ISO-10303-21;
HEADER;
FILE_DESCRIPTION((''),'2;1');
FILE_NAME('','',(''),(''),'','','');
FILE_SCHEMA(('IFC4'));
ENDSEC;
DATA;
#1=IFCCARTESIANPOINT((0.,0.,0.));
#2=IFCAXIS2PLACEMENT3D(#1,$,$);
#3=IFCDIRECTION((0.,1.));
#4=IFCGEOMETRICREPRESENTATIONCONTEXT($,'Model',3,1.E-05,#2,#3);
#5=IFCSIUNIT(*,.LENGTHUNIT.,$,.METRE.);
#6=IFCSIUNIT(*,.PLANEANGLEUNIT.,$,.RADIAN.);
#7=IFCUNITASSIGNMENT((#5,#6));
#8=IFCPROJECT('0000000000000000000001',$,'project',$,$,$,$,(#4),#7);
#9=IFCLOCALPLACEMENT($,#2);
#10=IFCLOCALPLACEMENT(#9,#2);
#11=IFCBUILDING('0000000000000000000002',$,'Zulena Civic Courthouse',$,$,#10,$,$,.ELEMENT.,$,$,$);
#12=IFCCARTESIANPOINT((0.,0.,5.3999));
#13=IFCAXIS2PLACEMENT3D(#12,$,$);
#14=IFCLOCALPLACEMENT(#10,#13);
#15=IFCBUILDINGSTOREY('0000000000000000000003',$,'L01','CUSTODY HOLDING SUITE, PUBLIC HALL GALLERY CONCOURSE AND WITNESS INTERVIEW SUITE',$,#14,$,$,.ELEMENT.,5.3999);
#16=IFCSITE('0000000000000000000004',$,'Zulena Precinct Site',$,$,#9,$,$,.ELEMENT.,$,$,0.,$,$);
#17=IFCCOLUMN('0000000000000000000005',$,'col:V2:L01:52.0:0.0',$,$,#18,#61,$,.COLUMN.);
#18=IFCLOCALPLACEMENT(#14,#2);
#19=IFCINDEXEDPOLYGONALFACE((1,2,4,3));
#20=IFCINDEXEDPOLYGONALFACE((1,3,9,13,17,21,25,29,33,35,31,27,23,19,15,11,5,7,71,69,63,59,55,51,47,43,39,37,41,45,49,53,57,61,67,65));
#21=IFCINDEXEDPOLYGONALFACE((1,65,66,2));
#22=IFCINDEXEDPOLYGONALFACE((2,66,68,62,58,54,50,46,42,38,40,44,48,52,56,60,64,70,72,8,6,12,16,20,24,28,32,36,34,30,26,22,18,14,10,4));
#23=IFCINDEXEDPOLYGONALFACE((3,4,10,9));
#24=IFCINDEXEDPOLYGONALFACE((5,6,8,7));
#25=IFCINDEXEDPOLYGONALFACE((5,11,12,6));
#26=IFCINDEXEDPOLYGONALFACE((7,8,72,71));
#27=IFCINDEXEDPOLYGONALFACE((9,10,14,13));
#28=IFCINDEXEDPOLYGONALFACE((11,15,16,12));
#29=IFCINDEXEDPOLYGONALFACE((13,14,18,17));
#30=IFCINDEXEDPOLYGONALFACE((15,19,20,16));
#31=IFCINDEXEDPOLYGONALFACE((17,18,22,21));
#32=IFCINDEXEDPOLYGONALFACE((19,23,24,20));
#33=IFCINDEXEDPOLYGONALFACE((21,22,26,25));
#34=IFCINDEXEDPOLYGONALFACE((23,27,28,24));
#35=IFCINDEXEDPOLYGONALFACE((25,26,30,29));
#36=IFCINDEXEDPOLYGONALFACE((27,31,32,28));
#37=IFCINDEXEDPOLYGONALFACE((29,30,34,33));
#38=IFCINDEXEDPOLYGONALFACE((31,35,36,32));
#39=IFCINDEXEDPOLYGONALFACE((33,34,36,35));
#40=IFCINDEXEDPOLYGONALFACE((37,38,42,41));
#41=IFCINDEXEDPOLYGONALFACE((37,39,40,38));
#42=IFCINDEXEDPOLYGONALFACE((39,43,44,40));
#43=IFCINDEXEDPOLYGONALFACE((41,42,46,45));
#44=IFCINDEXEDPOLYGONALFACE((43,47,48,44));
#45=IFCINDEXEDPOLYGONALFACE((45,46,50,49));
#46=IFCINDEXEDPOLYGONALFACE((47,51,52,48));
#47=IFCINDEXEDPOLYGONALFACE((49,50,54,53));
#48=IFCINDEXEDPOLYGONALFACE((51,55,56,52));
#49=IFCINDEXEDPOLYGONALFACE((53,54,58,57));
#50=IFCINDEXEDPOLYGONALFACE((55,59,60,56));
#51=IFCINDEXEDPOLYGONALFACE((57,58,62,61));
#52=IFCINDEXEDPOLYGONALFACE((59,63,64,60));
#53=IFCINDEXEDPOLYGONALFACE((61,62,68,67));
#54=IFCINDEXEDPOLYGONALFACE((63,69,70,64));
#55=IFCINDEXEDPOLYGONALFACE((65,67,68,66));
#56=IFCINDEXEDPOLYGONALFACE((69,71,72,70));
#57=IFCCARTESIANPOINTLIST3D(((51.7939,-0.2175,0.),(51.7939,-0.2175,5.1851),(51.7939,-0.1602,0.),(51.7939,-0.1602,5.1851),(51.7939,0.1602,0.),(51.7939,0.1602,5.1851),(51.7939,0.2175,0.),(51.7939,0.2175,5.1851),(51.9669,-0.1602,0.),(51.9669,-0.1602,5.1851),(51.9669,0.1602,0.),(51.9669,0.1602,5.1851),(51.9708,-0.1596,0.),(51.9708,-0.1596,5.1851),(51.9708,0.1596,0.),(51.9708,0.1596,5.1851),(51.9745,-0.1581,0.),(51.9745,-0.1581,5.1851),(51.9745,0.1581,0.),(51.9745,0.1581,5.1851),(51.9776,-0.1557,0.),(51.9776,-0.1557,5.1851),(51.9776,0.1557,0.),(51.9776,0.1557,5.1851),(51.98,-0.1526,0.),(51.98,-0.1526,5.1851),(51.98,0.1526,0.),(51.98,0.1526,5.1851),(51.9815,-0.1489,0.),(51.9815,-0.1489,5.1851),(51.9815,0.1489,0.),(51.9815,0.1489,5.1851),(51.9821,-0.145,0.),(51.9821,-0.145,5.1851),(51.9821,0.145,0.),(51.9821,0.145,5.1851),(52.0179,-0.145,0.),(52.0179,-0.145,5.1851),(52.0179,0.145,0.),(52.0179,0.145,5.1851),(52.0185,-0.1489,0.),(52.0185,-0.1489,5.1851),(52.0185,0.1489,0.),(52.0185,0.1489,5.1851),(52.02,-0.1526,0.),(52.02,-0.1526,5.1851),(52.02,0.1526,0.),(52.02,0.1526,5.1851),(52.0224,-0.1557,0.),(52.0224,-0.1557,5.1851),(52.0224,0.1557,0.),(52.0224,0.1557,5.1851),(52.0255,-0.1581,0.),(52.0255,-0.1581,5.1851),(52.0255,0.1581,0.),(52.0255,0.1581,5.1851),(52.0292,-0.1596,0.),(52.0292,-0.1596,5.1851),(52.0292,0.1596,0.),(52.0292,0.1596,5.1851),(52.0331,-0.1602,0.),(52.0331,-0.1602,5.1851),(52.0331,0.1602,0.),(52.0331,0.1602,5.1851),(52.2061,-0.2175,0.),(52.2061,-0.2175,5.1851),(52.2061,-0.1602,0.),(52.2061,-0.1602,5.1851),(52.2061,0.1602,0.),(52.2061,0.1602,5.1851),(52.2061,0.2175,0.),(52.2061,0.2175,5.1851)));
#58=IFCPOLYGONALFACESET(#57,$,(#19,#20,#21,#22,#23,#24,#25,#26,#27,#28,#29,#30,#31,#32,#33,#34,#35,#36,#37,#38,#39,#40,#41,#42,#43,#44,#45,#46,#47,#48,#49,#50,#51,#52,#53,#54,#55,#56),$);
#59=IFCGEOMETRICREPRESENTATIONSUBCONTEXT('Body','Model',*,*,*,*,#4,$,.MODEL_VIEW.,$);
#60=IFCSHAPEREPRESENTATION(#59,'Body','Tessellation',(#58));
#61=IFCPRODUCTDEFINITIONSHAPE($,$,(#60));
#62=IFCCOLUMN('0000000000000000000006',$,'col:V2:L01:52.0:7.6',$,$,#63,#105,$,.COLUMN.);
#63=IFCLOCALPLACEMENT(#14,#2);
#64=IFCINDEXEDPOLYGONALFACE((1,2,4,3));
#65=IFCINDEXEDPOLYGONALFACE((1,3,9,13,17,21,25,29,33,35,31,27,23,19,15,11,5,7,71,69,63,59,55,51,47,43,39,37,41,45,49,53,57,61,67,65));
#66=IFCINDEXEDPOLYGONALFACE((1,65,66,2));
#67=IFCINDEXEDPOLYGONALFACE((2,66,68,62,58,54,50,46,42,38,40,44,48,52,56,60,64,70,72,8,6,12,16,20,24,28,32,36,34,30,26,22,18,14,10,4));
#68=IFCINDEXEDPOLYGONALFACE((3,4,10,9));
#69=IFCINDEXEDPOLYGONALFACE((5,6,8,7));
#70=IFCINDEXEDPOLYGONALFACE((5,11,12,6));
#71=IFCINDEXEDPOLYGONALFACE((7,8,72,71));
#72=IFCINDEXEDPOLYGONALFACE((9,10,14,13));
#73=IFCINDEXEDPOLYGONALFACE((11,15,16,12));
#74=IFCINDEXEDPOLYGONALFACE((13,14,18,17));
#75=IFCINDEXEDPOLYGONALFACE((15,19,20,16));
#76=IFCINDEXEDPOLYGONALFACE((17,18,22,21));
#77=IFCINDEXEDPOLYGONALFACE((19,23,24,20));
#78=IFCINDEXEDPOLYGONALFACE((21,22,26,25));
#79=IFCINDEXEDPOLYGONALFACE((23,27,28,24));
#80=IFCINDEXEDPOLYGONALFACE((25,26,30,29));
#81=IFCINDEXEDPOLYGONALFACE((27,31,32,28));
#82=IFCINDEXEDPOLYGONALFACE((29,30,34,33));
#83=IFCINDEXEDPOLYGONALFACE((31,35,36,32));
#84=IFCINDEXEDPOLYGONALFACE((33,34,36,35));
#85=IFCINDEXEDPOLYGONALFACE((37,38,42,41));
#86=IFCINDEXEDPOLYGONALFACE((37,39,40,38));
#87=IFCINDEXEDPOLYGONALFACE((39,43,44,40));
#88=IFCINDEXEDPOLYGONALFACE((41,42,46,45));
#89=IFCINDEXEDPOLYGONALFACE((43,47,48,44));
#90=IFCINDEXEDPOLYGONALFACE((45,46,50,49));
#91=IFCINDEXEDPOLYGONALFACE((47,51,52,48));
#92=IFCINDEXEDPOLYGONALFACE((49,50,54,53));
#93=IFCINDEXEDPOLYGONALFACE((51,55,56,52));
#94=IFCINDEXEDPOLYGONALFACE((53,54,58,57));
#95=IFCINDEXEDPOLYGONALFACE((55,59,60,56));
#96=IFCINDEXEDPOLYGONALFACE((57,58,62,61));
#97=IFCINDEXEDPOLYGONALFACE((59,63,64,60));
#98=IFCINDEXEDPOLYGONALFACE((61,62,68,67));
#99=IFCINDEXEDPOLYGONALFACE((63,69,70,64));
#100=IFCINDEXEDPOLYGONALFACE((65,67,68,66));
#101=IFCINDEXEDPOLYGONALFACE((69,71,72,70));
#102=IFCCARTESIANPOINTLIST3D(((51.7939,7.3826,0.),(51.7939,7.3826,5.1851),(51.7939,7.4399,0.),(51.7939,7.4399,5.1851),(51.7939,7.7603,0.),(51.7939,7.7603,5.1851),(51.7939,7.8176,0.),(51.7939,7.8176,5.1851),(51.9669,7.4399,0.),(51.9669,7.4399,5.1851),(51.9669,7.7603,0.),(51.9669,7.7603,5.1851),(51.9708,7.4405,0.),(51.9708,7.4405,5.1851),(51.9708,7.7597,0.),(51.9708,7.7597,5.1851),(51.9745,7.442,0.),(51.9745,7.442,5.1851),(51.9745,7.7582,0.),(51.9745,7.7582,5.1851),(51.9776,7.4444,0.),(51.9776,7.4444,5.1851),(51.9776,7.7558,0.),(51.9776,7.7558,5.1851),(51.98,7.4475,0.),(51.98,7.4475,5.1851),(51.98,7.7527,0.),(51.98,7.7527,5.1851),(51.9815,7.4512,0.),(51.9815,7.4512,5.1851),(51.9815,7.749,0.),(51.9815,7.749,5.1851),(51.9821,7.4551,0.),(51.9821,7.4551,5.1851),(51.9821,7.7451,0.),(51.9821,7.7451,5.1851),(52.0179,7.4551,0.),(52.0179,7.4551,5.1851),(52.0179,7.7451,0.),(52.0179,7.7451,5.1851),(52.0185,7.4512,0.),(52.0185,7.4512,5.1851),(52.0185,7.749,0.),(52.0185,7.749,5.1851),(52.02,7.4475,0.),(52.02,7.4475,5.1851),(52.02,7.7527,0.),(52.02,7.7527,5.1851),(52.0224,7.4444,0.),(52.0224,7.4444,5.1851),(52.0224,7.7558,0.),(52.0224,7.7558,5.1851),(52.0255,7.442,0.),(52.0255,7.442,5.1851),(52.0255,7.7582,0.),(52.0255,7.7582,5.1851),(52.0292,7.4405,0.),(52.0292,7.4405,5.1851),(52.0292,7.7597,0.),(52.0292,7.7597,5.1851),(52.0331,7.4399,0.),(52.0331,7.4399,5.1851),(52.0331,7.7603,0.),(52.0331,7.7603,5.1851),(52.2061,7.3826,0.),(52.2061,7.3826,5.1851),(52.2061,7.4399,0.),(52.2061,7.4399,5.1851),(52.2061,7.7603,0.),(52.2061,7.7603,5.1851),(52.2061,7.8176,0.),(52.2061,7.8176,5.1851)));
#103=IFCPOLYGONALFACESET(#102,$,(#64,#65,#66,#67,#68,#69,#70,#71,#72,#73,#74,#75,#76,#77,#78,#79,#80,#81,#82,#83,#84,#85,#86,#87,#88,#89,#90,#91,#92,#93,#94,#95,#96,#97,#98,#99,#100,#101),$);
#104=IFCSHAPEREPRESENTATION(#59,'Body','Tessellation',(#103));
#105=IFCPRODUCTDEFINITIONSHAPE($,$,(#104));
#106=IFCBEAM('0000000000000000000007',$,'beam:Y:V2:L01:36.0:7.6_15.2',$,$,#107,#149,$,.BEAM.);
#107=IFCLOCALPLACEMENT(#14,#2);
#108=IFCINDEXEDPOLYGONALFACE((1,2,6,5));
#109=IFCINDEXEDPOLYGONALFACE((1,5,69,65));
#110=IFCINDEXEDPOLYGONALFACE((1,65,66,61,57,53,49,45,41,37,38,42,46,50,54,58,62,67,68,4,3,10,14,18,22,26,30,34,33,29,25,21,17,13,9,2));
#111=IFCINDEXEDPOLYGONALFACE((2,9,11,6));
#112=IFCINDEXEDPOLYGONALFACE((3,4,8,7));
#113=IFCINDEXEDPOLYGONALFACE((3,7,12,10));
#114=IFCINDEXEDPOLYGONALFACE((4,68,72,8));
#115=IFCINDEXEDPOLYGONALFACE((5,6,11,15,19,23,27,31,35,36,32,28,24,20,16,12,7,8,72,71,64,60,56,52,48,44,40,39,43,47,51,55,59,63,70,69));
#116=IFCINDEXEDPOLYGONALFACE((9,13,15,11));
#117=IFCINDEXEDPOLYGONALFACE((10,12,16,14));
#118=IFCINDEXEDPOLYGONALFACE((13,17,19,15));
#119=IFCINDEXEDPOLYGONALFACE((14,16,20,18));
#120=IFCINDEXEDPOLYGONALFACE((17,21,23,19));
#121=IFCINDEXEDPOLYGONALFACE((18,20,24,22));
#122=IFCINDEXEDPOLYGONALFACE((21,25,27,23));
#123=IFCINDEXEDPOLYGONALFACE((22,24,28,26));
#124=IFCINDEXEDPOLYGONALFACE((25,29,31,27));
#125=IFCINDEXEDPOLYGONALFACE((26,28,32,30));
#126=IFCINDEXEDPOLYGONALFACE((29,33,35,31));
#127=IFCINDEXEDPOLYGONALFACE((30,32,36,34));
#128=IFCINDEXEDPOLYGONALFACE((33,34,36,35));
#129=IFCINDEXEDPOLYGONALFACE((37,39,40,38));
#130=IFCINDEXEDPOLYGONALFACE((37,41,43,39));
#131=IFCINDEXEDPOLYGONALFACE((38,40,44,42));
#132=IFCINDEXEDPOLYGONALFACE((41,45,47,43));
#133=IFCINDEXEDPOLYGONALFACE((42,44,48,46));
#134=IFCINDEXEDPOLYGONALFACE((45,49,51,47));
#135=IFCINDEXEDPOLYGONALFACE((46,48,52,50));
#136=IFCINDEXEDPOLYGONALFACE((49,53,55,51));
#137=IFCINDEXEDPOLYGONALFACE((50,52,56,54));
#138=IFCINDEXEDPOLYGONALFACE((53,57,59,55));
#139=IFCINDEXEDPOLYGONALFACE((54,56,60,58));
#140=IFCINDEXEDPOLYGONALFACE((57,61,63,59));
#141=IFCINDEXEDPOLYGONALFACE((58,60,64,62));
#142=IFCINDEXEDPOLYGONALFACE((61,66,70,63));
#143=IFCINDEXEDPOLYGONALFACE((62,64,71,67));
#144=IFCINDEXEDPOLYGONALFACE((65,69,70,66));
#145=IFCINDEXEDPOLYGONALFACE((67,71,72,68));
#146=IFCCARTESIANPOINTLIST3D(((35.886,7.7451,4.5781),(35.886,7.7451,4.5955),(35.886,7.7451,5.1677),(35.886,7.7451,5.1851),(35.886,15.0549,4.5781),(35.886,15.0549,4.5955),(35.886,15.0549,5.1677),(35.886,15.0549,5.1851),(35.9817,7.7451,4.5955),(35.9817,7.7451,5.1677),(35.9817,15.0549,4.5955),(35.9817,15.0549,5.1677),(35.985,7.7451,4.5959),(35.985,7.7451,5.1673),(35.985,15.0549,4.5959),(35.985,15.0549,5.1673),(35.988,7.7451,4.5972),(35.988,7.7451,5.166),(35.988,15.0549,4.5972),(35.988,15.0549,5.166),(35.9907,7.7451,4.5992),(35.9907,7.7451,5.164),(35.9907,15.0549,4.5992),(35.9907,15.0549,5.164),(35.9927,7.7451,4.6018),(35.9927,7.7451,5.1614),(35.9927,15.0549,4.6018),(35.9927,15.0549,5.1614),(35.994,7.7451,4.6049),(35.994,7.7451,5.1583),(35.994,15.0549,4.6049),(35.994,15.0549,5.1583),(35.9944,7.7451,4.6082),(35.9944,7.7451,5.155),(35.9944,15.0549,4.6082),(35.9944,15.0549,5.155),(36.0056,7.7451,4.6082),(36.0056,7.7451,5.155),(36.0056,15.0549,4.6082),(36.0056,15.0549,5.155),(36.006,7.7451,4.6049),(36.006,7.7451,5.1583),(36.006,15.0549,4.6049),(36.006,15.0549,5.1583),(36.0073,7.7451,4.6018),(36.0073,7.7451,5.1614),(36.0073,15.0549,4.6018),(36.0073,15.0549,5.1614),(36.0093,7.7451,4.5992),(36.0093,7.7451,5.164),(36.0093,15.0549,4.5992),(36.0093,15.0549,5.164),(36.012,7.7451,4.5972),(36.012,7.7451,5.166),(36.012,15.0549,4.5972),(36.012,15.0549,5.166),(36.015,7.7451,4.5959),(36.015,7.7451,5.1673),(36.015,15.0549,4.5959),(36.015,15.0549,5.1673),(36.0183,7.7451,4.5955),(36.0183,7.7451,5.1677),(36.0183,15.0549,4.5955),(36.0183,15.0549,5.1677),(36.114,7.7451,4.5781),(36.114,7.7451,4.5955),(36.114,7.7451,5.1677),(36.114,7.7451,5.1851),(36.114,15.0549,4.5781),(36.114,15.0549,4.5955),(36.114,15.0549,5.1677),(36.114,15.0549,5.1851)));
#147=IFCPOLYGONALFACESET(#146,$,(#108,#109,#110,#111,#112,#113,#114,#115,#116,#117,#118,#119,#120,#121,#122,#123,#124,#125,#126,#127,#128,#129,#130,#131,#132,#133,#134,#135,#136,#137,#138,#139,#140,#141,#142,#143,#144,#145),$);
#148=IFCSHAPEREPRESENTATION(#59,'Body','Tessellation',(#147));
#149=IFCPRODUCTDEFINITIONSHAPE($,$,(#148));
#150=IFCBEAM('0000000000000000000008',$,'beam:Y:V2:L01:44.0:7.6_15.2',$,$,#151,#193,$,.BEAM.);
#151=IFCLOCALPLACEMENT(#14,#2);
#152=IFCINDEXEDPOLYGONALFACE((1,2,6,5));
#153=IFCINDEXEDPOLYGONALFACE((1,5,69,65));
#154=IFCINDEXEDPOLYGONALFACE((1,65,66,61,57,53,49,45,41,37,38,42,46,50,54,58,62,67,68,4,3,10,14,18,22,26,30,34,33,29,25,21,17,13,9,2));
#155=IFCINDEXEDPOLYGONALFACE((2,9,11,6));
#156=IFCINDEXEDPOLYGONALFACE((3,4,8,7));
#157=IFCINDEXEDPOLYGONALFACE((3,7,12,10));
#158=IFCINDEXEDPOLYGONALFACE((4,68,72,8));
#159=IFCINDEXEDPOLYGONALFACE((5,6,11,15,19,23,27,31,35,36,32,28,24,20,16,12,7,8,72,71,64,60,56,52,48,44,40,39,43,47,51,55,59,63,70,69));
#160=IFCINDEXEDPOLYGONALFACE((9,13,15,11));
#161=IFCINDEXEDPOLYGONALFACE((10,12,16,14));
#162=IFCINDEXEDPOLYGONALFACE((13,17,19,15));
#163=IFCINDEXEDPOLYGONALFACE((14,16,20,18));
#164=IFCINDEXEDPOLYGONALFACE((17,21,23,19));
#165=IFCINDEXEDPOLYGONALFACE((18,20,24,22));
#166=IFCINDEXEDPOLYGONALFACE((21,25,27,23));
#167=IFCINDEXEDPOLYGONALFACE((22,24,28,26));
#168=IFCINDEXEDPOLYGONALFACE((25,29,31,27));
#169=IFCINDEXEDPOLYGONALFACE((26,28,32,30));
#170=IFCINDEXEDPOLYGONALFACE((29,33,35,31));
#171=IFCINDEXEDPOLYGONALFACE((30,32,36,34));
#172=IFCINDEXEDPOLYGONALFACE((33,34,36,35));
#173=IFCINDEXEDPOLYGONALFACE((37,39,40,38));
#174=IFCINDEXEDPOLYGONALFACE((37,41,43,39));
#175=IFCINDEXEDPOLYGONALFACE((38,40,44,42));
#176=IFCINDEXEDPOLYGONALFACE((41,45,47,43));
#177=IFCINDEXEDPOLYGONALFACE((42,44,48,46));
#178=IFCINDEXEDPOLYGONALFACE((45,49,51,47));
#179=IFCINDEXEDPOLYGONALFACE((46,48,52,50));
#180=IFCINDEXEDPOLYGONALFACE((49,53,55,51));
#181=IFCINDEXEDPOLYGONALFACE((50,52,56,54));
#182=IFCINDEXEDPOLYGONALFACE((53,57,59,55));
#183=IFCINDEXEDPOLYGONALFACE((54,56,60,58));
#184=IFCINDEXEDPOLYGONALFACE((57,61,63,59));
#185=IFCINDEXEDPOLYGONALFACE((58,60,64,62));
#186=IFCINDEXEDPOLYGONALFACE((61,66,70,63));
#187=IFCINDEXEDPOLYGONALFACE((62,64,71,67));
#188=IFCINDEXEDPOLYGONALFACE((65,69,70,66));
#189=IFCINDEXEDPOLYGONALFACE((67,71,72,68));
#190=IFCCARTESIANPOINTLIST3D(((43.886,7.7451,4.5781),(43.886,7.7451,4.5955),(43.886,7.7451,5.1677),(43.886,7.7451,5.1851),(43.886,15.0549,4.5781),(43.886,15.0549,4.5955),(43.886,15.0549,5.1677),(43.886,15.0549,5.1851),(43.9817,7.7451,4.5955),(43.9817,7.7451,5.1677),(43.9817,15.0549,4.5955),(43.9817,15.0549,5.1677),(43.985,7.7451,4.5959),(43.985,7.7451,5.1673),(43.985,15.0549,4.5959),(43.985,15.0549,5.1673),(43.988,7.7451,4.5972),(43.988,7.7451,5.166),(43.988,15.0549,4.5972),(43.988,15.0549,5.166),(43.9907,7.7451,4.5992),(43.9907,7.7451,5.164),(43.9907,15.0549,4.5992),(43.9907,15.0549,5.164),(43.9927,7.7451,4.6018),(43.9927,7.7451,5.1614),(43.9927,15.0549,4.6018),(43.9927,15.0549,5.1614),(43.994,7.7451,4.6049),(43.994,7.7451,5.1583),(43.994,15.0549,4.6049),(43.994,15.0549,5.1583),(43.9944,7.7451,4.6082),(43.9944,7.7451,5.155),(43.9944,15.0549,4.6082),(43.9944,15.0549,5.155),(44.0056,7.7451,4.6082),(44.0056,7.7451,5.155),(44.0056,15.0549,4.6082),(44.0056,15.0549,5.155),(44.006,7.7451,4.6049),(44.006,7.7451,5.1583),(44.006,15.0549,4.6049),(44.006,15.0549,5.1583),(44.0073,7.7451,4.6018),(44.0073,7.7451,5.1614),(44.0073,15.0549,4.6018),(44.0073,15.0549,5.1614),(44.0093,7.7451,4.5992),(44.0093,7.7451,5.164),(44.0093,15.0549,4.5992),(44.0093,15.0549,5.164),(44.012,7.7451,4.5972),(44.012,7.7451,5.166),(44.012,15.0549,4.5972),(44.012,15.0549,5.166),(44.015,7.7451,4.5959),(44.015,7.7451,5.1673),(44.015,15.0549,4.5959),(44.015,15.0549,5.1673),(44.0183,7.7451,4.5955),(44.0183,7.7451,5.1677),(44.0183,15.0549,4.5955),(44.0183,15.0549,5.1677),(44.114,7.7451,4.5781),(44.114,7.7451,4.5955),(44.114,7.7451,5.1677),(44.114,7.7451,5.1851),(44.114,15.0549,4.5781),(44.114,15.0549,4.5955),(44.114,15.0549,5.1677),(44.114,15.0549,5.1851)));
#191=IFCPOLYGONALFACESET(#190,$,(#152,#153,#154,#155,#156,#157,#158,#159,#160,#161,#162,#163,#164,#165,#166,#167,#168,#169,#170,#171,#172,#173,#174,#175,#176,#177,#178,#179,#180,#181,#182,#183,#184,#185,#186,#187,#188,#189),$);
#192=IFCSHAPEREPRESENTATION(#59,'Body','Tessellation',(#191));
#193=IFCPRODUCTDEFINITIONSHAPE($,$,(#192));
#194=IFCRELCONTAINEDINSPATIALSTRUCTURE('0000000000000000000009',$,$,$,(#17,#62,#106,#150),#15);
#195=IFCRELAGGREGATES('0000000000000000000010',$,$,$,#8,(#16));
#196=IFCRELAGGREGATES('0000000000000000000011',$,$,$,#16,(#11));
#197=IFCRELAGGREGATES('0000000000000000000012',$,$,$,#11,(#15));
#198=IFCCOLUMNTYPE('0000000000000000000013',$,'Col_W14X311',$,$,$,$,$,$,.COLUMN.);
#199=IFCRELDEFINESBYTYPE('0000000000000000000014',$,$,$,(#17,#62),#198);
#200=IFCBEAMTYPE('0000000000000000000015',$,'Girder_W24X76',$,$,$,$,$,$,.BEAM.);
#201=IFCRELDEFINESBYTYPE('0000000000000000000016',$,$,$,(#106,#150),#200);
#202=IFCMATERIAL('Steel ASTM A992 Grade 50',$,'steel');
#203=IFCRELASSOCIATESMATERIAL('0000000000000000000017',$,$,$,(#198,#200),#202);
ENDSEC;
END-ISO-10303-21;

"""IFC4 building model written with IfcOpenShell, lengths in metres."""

from ifc_helpers import new_model, si_unit, direction, frame, origin, origin_2d, place, context, subcontext, project, spatial, i_section, extrude, material, material_profile, profile_set, type_object, element, save


model = new_model("IFC4")

# Units and contexts
model_context = context("Model", 3, precision=1e-05, world=origin(), true_north=direction((0.0, 1.0)))
body_context = subcontext(model_context, "Body", "Model", "MODEL_VIEW")
ifc_project = project(units=[si_unit("LENGTHUNIT", "METRE"), si_unit("PLANEANGLEUNIT", "RADIAN")], contexts=[model_context])

# Site, building, storey
site_placement = place(None, origin())
site = spatial("IfcSite", under=ifc_project, at=site_placement, Name="Zulena Precinct Site", CompositionType="ELEMENT", RefElevation=0.0)
building_placement = place(site_placement, origin())
building = spatial("IfcBuilding", under=site, at=building_placement, Name="Zulena Civic Courthouse", CompositionType="ELEMENT")
storey_placement = place(building_placement, frame((0.0, 0.0, 5.3999)))
storey = spatial("IfcBuildingStorey", under=building, at=storey_placement, Name="L01", Description="CUSTODY HOLDING SUITE, PUBLIC HALL GALLERY CONCOURSE AND WITNESS INTERVIEW SUITE", CompositionType="ELEMENT", Elevation=5.3999)

# Columns
ifc_material_1 = material(Name="Steel ASTM A992 Grade 50", Category="steel")
ifc_material_profile_1 = material_profile(ifc_material_1, i_section(OverallWidth=0.4121, OverallDepth=0.4351, WebThickness=0.0359, FlangeThickness=0.0574, FilletRadius=0.0151, at=origin_2d()), Name="W14X311")
ifc_profile_set_1 = profile_set([ifc_material_profile_1], Name="Steel ASTM A992 Grade 50")
column_type_1 = type_object("IfcColumnType", Name="Col_W14X311", PredefinedType="COLUMN", material=ifc_profile_set_1)
for number, where, z_axis, x_axis, name in (
    (1, (52.0, 0.0, 0.0), (0.0, 0.0, 1.0), (1.0, 0.0, 0.0), "col:V2:L01:52.0:0.0"),
    (2, (52.0, 7.6001, 0.0), (0.0, 0.0, 1.0), (1.0, 0.0, 0.0), "col:V2:L01:52.0:7.6"),
):
    element("IfcColumn", number, at=place(storey_placement, frame(where, z_axis=z_axis, x_axis=x_axis)), inside=storey, type_object=column_type_1, Name=name, PredefinedType="COLUMN", context=body_context, shape_type="SweptSolid", body=[
        extrude(i_section(OverallWidth=0.4121, OverallDepth=0.4351, WebThickness=0.0359, FlangeThickness=0.0574, FilletRadius=0.0151, at=origin_2d()), origin(), (0.0, 0.0, 1.0), 5.1851),
    ])

# Beams
ifc_material_profile_2 = material_profile(ifc_material_1, i_section(OverallWidth=0.228, OverallDepth=0.6069, WebThickness=0.0112, FlangeThickness=0.0173, FilletRadius=0.0127, at=origin_2d()), Name="W24X76")
ifc_profile_set_2 = profile_set([ifc_material_profile_2], Name="Steel ASTM A992 Grade 50")
beam_type_1 = type_object("IfcBeamType", Name="Girder_W24X76", PredefinedType="BEAM", material=ifc_profile_set_2)
for number, where, z_axis, x_axis, name in (
    (3, (36.0, 7.7451, 4.8816), (0.0, 1.0, 0.0), (-1.0, 0.0, 0.0), "beam:Y:V2:L01:36.0:7.6_15.2"),
    (4, (44.0, 7.7451, 4.8816), (0.0, 1.0, 0.0), (-1.0, 0.0, 0.0), "beam:Y:V2:L01:44.0:7.6_15.2"),
):
    element("IfcBeam", number, at=place(storey_placement, frame(where, z_axis=z_axis, x_axis=x_axis)), inside=storey, type_object=beam_type_1, Name=name, PredefinedType="BEAM", context=body_context, shape_type="SweptSolid", body=[
        extrude(i_section(OverallWidth=0.228, OverallDepth=0.6069, WebThickness=0.0112, FlangeThickness=0.0173, FilletRadius=0.0127, at=origin_2d()), origin(), (0.0, 0.0, 1.0), 7.3098),
    ])

save(model, "model.ifc")
